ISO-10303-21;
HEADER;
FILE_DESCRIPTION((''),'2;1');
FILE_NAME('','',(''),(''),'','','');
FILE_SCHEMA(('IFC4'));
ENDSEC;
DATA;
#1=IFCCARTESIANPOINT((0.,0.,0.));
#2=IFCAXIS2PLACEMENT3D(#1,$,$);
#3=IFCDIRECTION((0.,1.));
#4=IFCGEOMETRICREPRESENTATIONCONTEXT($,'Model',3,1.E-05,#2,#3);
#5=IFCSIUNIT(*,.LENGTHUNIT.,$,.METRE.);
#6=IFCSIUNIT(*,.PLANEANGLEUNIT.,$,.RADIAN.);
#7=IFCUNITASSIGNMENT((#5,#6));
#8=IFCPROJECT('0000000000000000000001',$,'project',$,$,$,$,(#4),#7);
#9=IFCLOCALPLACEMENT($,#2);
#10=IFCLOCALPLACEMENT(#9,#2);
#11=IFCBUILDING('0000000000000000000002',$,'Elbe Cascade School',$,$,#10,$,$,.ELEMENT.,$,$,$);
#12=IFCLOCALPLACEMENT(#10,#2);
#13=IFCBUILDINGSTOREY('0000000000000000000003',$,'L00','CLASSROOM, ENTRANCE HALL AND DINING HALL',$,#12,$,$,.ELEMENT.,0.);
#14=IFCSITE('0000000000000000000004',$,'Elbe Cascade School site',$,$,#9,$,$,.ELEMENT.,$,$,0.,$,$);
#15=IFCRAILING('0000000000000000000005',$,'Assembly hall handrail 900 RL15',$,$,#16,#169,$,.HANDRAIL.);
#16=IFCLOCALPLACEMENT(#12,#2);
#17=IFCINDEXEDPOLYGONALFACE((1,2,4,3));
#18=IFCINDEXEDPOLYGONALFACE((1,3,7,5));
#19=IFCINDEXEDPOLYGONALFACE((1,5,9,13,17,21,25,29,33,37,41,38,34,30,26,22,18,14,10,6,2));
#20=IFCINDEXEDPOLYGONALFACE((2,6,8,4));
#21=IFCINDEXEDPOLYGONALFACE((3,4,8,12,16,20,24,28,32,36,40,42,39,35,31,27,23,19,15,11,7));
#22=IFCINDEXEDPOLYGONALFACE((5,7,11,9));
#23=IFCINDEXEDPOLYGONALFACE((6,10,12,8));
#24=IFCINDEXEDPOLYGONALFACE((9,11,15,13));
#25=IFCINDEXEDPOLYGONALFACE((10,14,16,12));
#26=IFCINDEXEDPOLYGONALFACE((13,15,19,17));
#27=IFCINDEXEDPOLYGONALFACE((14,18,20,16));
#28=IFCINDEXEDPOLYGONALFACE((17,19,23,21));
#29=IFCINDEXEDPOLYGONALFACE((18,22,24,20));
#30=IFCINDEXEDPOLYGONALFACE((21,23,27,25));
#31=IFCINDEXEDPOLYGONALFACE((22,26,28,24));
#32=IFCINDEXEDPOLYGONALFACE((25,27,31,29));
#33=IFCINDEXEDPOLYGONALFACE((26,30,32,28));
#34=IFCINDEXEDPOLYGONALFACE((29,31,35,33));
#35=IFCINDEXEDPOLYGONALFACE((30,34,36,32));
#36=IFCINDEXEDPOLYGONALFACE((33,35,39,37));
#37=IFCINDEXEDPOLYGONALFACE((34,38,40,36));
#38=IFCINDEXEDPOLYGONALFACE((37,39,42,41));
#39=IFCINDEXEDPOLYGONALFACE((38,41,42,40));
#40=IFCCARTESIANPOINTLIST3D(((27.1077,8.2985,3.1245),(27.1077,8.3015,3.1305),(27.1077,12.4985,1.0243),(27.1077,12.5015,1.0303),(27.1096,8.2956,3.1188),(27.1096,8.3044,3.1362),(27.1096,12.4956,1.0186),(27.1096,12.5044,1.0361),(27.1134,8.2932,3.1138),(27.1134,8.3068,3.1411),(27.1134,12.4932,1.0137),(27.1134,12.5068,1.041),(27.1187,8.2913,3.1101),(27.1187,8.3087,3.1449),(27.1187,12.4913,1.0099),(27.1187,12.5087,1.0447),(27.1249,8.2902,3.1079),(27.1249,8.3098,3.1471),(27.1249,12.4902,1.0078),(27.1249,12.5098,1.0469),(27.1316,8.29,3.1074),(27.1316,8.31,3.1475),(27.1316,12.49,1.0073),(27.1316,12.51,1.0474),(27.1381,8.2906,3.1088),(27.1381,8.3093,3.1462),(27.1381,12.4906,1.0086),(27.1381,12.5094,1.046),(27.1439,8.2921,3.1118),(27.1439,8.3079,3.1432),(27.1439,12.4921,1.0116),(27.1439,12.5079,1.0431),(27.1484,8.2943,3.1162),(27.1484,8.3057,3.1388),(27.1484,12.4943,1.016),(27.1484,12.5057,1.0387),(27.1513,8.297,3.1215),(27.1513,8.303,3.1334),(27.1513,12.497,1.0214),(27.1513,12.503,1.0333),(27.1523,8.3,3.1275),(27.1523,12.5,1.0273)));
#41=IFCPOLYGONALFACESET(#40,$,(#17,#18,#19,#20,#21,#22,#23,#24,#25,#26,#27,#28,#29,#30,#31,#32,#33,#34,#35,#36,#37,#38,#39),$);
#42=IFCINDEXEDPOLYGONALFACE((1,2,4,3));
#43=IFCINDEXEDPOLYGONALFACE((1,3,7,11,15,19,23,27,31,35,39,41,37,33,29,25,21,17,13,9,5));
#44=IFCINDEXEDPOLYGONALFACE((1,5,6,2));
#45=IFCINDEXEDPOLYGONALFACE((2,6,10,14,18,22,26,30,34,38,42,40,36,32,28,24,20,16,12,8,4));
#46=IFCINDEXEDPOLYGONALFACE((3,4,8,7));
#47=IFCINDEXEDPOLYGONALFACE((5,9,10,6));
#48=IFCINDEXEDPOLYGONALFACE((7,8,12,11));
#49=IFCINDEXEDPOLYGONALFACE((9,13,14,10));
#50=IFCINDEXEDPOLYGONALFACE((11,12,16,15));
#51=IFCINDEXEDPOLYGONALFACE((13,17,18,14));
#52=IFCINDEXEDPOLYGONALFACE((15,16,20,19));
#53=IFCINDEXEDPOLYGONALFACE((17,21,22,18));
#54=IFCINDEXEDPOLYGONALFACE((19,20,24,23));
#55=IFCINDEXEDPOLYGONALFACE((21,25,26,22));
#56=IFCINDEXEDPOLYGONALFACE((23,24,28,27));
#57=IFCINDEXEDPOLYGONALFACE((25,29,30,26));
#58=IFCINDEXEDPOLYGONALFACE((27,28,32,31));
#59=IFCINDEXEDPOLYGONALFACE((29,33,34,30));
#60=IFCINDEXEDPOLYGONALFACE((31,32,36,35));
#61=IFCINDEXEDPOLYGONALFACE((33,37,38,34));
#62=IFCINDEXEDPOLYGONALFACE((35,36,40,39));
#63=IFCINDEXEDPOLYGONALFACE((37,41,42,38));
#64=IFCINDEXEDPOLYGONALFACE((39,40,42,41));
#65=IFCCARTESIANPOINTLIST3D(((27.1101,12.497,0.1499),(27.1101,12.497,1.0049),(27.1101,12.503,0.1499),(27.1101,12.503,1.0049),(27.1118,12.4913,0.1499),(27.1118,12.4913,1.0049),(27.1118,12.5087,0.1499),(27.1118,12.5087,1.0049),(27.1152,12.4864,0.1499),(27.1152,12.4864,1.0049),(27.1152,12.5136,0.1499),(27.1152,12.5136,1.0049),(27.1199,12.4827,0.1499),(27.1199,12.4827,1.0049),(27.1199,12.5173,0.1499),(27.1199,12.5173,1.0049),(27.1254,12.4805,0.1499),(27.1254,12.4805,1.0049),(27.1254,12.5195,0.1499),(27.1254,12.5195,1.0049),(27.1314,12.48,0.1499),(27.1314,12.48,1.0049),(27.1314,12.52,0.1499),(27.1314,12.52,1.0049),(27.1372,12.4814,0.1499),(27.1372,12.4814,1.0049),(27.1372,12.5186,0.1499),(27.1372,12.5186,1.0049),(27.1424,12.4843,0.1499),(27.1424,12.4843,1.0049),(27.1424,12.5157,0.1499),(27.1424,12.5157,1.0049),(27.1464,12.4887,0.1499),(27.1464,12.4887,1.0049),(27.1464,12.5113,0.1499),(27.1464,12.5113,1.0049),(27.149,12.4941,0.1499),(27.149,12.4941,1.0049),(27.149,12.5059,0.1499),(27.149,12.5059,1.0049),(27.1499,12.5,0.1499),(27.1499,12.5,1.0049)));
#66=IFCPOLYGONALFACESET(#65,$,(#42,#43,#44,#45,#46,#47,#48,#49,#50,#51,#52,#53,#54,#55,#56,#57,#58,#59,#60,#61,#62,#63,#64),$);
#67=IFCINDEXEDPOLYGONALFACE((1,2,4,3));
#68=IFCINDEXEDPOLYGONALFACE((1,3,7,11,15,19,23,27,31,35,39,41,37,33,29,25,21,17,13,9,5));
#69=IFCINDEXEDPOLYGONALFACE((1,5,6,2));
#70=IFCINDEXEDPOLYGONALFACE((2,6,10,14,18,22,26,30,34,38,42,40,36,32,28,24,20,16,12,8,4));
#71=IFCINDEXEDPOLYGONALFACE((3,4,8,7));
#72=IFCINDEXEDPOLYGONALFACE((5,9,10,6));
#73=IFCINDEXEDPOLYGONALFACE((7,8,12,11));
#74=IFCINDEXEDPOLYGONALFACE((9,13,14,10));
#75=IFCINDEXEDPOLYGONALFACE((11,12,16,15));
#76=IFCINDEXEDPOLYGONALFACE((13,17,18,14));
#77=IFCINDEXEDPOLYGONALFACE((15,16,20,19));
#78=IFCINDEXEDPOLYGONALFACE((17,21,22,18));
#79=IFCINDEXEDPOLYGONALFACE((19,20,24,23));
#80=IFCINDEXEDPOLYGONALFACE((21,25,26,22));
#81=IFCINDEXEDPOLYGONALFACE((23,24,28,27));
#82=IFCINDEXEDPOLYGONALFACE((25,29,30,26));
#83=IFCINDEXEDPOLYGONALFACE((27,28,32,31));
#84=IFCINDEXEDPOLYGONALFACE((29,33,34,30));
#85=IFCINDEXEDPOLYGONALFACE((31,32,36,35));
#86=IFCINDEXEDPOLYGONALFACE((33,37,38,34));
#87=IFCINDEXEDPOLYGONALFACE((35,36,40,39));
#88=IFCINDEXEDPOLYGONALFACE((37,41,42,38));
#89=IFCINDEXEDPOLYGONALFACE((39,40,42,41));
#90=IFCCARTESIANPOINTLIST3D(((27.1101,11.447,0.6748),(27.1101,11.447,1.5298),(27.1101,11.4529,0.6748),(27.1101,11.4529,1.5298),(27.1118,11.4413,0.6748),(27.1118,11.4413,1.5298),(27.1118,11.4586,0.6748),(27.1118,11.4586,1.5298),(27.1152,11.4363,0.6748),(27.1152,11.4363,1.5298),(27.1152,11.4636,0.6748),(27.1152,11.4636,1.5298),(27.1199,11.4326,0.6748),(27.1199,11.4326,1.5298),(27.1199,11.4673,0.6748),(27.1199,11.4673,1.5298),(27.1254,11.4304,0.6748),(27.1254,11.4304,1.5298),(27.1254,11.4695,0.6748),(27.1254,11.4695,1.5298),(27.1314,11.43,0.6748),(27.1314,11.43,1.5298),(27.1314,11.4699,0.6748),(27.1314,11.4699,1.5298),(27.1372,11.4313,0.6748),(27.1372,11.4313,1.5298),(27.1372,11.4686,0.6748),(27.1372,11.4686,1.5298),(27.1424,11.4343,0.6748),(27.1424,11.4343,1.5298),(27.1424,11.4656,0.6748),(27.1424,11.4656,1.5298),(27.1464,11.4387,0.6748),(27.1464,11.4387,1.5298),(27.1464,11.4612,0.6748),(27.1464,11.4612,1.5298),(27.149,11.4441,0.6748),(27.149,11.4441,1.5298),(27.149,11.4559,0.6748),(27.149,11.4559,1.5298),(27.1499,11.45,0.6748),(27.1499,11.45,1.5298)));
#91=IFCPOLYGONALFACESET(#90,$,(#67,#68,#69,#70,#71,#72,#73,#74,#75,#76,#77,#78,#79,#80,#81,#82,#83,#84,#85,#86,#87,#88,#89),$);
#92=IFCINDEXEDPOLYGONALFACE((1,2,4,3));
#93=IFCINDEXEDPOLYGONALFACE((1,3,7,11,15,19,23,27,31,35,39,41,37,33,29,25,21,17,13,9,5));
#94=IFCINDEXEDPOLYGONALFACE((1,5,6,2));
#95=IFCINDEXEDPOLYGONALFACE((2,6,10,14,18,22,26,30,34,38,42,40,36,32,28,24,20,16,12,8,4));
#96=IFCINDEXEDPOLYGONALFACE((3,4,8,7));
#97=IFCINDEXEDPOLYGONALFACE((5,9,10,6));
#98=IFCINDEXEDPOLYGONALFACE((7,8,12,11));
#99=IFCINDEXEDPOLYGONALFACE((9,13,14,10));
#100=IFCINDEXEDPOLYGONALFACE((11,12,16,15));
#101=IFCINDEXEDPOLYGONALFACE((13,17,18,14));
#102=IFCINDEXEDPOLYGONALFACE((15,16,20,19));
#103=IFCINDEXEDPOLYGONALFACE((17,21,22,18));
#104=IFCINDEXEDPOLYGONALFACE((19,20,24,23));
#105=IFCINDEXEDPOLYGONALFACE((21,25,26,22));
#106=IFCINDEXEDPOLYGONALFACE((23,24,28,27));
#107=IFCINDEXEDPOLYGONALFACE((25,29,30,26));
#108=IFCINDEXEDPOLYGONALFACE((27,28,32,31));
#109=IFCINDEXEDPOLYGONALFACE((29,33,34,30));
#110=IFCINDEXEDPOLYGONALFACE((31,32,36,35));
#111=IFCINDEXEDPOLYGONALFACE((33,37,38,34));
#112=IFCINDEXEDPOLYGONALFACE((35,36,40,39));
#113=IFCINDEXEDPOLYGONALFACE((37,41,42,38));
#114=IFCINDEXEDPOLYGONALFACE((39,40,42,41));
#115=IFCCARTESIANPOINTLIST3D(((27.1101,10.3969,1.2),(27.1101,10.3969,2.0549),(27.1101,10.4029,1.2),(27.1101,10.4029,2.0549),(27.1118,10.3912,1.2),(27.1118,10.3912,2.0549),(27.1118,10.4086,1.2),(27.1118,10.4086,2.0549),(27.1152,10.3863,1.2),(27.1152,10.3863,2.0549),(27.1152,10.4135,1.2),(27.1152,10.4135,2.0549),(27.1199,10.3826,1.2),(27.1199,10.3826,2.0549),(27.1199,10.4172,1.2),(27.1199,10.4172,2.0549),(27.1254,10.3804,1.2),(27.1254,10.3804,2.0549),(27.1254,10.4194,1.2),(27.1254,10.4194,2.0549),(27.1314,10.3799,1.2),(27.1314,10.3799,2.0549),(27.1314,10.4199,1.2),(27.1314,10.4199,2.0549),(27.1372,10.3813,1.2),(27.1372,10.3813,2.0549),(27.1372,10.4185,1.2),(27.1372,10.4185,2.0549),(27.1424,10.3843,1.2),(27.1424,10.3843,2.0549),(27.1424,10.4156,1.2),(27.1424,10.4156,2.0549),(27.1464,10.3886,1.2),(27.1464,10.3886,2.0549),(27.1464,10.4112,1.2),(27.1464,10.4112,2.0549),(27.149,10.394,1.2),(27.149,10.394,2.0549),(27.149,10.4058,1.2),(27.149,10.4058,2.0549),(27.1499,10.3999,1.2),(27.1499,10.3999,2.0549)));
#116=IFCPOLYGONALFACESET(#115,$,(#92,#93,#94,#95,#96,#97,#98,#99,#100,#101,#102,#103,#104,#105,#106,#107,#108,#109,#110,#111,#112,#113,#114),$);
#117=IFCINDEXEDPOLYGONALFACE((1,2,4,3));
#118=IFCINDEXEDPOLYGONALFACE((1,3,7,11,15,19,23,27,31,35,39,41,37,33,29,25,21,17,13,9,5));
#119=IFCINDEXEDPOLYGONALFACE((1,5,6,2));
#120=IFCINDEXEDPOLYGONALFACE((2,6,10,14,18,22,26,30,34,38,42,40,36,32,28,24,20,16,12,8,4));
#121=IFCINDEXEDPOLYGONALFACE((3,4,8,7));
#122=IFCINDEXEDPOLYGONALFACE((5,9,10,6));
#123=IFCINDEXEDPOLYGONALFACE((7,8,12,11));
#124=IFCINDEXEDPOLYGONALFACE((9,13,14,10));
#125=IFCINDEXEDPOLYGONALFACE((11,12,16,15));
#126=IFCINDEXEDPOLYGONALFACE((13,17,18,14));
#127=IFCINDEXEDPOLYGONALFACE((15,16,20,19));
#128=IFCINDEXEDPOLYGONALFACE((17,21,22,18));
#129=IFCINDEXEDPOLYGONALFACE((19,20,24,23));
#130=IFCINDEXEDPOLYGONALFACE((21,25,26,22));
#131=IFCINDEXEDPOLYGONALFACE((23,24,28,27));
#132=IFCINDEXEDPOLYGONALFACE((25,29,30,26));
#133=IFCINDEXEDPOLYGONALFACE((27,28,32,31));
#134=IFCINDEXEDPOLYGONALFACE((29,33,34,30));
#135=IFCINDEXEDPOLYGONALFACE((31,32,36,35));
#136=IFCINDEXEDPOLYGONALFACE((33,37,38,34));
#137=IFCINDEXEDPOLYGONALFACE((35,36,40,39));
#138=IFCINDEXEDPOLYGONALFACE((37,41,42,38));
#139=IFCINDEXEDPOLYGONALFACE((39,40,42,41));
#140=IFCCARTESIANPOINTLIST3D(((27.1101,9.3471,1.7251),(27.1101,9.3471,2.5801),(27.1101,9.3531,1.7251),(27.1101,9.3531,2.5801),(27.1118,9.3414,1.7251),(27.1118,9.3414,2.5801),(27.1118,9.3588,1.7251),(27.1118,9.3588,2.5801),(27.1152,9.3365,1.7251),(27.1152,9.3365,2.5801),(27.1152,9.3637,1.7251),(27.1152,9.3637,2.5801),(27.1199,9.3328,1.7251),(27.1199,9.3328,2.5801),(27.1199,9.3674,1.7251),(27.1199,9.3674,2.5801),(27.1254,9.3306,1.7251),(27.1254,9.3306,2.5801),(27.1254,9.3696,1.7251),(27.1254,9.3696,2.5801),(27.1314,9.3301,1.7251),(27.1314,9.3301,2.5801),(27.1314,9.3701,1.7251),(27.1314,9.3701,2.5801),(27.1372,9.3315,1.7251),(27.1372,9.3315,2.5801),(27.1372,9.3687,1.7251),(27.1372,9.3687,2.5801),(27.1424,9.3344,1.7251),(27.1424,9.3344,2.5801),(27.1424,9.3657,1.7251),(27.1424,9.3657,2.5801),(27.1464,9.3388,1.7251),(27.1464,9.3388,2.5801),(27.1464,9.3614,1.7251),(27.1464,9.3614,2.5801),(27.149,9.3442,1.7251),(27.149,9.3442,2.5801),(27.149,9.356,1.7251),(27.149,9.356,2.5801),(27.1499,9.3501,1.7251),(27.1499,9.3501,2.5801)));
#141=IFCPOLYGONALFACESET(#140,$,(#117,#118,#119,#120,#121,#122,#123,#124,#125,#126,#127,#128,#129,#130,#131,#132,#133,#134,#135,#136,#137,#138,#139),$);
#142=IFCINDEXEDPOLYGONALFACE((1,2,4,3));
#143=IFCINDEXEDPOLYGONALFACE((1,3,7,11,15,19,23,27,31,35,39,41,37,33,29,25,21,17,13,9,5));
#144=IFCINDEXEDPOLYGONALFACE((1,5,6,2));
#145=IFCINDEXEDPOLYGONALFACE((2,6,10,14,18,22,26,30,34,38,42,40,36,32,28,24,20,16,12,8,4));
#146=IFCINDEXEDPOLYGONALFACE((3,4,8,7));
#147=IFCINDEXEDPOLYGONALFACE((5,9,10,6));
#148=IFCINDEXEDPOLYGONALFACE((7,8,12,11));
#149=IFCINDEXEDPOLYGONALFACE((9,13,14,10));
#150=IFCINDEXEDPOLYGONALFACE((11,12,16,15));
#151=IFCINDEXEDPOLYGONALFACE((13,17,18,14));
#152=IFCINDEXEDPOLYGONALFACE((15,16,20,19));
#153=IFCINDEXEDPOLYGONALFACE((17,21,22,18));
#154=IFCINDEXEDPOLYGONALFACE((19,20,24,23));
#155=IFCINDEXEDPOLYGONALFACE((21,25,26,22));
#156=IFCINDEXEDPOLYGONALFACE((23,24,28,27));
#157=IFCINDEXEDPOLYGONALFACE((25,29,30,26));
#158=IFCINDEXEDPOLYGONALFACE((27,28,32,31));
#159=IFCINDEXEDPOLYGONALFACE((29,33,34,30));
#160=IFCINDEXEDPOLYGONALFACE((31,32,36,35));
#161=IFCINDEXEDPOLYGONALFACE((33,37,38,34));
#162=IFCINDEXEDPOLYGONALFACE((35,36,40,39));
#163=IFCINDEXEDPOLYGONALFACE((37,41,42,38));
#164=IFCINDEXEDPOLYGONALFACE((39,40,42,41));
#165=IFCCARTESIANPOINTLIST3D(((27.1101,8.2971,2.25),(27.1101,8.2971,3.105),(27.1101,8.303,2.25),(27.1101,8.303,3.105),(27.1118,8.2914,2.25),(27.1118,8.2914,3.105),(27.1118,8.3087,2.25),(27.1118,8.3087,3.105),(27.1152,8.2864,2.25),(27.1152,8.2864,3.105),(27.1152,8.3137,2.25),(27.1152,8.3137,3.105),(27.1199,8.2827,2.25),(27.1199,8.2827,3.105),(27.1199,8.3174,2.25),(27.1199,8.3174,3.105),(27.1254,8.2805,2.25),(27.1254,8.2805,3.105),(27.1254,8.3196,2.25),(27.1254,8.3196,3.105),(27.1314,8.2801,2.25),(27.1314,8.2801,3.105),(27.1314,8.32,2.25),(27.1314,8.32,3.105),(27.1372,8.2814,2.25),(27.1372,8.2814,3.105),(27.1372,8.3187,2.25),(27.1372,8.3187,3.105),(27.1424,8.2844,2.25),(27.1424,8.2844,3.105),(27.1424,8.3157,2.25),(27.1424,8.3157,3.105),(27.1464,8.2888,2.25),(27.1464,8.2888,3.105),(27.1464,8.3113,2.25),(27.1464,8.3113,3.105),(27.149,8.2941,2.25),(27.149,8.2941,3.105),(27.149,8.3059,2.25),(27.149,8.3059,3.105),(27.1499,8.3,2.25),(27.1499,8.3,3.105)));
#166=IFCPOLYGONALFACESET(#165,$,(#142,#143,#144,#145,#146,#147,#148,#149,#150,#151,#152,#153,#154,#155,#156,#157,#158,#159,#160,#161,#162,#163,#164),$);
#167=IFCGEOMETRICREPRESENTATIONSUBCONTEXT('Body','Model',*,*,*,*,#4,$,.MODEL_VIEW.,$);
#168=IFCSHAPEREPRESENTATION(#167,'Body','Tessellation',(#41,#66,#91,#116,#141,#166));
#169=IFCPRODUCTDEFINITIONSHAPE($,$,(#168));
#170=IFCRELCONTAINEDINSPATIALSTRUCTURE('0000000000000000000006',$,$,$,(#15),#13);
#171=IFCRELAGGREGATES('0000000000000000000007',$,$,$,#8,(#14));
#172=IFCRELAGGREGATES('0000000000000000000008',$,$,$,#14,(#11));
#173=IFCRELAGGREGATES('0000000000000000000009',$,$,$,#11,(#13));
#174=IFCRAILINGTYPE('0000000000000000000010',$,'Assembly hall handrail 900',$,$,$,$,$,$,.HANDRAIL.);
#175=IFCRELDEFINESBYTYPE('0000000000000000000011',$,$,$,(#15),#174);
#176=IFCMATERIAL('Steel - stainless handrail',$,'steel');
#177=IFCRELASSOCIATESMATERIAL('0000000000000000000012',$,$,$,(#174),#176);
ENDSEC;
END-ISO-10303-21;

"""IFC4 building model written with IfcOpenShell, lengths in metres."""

from ifc_helpers import new_model, si_unit, direction, frame, origin, origin_2d, place, context, subcontext, project, spatial, circle, extrude, material, type_object, element, save


model = new_model("IFC4")

# Units and contexts
model_context = context("Model", 3, precision=1e-05, world=origin(), true_north=direction((0.0, 1.0)))
body_context = subcontext(model_context, "Body", "Model", "MODEL_VIEW")
ifc_project = project(units=[si_unit("LENGTHUNIT", "METRE"), si_unit("PLANEANGLEUNIT", "RADIAN")], contexts=[model_context])

# Site, building, storey
site_placement = place(None, origin())
site = spatial("IfcSite", under=ifc_project, at=site_placement, Name="Elbe Cascade School site", CompositionType="ELEMENT", RefElevation=0.0)
building_placement = place(site_placement, origin())
building = spatial("IfcBuilding", under=site, at=building_placement, Name="Elbe Cascade School", CompositionType="ELEMENT")
storey_placement = place(building_placement, origin())
storey = spatial("IfcBuildingStorey", under=building, at=storey_placement, Name="L00", Description="CLASSROOM, ENTRANCE HALL AND DINING HALL", CompositionType="ELEMENT", Elevation=0.0)

# Railing
ifc_material_1 = material(Name="Steel - stainless handrail", Category="steel")
railing_type = type_object("IfcRailingType", Name="Assembly hall handrail 900", PredefinedType="HANDRAIL", material=ifc_material_1)
for number, where, name in (
    (1, (27.1299, 12.5, 0.1499), "Assembly hall handrail 900 RL15"),
):
    element("IfcRailing", number, at=place(storey_placement, frame(where)), inside=storey, type_object=railing_type, Name=name, PredefinedType="HANDRAIL", context=body_context, shape_type="SweptSolid", body=[
        extrude(circle(Radius=0.0225, at=origin_2d()), frame((0.0, 0.0, 0.8774), z_axis=(0.0, -0.894417, 0.447234), x_axis=(1.0, 0.0, 0.0)), (0.0, 0.0, 1.0), 4.6958),
        extrude(circle(Radius=0.02, at=origin_2d()), origin(), (0.0, 0.0, 1.0), 0.855),
        extrude(circle(Radius=0.02, at=origin_2d()), frame((0.0, -1.05, 0.5249)), (0.0, 0.0, 1.0), 0.855),
        extrude(circle(Radius=0.02, at=origin_2d()), frame((0.0, -2.1001, 1.05)), (0.0, 0.0, 1.0), 0.855),
        extrude(circle(Radius=0.02, at=origin_2d()), frame((0.0, -3.1499, 1.5752)), (0.0, 0.0, 1.0), 0.855),
        extrude(circle(Radius=0.02, at=origin_2d()), frame((0.0, -4.2, 2.1001)), (0.0, 0.0, 1.0), 0.855),
    ])

save(model, "model.ifc")
